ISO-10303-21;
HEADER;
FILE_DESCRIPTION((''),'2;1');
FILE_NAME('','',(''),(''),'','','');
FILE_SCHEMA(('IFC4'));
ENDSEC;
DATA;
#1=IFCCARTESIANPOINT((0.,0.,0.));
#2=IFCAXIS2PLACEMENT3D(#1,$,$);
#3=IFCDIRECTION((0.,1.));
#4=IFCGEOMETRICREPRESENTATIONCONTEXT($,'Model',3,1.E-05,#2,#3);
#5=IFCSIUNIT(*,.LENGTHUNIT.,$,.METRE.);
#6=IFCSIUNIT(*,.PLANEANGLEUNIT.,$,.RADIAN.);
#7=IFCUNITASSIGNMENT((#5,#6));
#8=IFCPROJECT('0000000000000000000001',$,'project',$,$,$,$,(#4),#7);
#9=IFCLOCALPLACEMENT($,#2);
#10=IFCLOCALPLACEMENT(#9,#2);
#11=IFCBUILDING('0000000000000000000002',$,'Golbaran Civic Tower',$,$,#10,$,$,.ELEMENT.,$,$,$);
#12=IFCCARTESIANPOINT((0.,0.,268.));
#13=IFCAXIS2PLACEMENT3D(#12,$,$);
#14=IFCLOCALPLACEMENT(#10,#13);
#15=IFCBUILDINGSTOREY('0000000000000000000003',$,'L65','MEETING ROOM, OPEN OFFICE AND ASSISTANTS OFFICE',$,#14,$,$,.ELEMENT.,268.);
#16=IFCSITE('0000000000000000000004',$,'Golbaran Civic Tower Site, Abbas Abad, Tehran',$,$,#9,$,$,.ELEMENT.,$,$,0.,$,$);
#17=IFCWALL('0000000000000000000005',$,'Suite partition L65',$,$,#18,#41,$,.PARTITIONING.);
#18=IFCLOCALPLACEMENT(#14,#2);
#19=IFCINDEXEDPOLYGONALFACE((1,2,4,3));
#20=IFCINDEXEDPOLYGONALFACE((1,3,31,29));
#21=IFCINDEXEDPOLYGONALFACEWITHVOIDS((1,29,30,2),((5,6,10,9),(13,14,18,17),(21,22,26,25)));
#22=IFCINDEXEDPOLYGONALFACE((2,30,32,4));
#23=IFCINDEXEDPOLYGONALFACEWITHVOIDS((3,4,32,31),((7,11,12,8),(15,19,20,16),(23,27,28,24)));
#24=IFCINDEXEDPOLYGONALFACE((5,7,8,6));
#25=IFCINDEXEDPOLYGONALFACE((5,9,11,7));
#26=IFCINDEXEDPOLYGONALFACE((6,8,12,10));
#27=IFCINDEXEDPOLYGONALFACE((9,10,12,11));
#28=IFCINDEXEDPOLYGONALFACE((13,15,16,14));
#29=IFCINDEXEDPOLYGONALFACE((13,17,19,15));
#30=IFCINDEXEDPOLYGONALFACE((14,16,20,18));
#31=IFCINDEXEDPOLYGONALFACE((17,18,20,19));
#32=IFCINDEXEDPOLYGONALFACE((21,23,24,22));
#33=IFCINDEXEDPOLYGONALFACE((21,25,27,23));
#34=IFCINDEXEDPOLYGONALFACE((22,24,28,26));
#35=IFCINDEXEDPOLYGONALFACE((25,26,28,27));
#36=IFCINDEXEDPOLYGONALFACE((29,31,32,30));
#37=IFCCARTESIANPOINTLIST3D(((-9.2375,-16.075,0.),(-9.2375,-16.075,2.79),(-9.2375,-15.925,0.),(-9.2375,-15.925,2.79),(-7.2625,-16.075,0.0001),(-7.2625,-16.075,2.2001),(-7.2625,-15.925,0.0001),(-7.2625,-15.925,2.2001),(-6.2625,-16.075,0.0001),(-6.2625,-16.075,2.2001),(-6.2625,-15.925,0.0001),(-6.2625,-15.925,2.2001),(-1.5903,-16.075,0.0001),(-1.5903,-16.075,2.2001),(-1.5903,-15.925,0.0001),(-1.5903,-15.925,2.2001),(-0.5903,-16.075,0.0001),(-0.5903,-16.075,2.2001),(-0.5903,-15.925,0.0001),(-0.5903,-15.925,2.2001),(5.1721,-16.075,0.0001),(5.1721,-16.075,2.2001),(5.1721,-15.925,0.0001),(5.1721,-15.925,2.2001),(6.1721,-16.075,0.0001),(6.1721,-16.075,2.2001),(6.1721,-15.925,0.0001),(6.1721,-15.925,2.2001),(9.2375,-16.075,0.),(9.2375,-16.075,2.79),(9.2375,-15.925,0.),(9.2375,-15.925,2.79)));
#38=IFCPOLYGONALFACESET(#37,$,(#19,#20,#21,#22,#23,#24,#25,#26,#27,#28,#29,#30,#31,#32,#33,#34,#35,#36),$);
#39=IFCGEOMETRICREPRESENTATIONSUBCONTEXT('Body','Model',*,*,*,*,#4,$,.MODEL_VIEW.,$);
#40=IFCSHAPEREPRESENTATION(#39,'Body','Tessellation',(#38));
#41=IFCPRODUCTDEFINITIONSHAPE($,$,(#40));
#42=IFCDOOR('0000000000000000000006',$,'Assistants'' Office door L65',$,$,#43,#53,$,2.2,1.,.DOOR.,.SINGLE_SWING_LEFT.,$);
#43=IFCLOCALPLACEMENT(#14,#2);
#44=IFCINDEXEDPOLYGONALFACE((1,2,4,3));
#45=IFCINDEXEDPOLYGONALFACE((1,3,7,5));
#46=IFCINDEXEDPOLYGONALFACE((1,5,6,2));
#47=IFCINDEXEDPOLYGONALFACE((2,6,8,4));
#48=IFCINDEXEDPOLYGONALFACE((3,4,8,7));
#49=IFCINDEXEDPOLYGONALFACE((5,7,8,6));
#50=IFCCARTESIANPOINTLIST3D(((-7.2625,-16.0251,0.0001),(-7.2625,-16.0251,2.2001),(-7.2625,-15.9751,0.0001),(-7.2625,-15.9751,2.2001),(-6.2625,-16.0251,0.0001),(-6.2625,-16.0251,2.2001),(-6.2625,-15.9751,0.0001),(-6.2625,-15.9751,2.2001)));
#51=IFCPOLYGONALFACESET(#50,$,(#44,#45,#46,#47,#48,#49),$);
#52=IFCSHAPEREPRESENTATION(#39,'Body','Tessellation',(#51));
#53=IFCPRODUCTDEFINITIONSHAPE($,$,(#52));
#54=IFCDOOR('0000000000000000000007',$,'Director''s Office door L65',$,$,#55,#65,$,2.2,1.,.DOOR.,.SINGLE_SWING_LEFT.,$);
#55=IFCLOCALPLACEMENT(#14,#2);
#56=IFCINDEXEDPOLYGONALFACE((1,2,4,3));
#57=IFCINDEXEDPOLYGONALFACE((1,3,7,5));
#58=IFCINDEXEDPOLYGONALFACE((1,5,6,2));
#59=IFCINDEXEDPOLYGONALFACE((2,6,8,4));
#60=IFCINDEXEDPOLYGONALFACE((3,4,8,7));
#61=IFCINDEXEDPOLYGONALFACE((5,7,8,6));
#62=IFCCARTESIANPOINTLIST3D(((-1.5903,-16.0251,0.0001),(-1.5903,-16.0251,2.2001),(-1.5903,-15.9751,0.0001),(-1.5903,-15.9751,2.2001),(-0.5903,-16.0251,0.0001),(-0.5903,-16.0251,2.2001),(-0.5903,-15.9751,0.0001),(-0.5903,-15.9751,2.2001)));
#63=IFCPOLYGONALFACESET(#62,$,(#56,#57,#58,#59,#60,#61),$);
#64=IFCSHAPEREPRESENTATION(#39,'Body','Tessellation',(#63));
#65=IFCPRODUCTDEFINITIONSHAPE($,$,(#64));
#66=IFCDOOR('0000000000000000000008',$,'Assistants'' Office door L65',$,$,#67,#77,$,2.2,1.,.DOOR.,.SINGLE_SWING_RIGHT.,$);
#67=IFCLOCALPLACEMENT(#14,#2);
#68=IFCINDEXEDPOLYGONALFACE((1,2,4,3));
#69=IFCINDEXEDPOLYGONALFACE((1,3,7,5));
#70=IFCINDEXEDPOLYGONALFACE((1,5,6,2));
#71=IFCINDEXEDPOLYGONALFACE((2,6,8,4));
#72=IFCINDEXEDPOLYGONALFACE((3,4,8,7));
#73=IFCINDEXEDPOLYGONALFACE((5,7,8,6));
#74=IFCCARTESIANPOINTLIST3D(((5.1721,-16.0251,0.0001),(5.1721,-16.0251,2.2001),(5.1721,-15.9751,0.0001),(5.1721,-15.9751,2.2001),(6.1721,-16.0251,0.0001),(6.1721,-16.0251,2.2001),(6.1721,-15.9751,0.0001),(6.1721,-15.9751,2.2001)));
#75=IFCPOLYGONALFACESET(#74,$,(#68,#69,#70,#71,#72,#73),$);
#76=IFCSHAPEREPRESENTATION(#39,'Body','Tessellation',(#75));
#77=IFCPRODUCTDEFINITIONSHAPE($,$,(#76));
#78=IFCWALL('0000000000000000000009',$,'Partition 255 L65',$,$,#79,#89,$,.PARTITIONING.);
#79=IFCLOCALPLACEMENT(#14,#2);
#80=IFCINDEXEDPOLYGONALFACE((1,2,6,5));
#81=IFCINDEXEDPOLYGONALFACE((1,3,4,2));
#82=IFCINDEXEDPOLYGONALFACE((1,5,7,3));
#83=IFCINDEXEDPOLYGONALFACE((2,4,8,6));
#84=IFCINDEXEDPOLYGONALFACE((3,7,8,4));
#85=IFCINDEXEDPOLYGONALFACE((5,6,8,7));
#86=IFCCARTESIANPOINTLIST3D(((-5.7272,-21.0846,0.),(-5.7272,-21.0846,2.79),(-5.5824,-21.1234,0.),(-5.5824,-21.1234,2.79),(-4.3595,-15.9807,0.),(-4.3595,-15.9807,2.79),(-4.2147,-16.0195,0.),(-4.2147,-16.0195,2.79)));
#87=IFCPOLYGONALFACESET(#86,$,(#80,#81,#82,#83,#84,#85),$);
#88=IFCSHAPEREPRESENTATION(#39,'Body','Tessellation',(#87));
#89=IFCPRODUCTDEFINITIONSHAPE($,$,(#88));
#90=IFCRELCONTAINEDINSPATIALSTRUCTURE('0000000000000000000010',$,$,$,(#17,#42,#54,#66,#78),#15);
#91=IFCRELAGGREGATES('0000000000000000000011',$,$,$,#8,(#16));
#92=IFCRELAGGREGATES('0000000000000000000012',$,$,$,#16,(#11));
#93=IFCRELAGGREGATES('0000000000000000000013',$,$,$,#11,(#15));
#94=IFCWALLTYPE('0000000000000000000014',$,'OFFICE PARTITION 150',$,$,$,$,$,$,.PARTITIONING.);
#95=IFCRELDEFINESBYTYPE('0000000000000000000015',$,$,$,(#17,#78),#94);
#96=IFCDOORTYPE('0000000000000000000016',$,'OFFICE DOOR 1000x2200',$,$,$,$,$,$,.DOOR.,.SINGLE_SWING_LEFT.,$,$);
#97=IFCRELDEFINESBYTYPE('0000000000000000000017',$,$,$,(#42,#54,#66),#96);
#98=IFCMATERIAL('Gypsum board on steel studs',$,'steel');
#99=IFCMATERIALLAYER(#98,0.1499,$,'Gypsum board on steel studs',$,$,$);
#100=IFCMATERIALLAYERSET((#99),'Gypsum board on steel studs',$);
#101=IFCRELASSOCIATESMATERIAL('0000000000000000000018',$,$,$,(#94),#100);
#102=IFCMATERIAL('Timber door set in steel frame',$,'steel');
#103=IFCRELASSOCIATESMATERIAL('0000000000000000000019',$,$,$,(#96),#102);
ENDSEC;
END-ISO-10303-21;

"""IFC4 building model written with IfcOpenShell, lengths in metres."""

from ifc_helpers import new_model, si_unit, direction, frame, frame_2d, origin, place, context, subcontext, project, spatial, rectangle, extrude, material, layer, layer_set, type_object, element, fill, save


model = new_model("IFC4")

# Units and contexts
model_context = context("Model", 3, precision=1e-05, world=origin(), true_north=direction((0.0, 1.0)))
body_context = subcontext(model_context, "Body", "Model", "MODEL_VIEW")
ifc_project = project(units=[si_unit("LENGTHUNIT", "METRE"), si_unit("PLANEANGLEUNIT", "RADIAN")], contexts=[model_context])

# Site, building, storey
site_placement = place(None, origin())
site = spatial("IfcSite", under=ifc_project, at=site_placement, Name="Golbaran Civic Tower Site, Abbas Abad, Tehran", CompositionType="ELEMENT", RefElevation=0.0)
building_placement = place(site_placement, origin())
building = spatial("IfcBuilding", under=site, at=building_placement, Name="Golbaran Civic Tower", CompositionType="ELEMENT")
storey_placement = place(building_placement, frame((0.0, 0.0, 268.0)))
storey = spatial("IfcBuildingStorey", under=building, at=storey_placement, Name="L65", Description="MEETING ROOM, OPEN OFFICE AND ASSISTANTS OFFICE", CompositionType="ELEMENT", Elevation=268.0)

# Shared definitions
ifc_material_1 = material(Name="Timber door set in steel frame", Category="steel")

# Shared definitions
ifc_material_2 = material(Name="Gypsum board on steel studs", Category="steel")
ifc_layer_1 = layer(ifc_material_2, 0.1499, Name="Gypsum board on steel studs")
ifc_layer_set_1 = layer_set([ifc_layer_1], Name="Gypsum board on steel studs")
wall_type_1 = type_object("IfcWallType", Name="OFFICE PARTITION 150", PredefinedType="PARTITIONING", material=ifc_layer_set_1)

# Wall, openings, doors
wall_1_placement = place(storey_placement, frame((-9.2375, -16.0, 0.0), z_axis=(0.0, 0.0, 1.0), x_axis=(1.0, 0.0, 0.0)))
wall_1 = element("IfcWall", 1, at=wall_1_placement, inside=storey, type_object=wall_type_1, Name="Suite partition L65", PredefinedType="PARTITIONING", context=body_context, shape_type="SweptSolid", body=[
    extrude(rectangle(XDim=18.4751, YDim=0.1499, at=frame_2d((9.2375, 0.0))), origin(), (0.0, 0.0, 1.0), 2.79),
])
opening_1_placement = place(wall_1_placement, frame((1.9751, 0.0, 0.0)))
opening_1 = element("IfcOpeningElement", 2, at=opening_1_placement, cuts=wall_1, PredefinedType="OPENING", context=body_context, shape_type="SweptSolid", body=[
    extrude(rectangle(XDim=1.0, YDim=2.2, at=frame_2d((0.5, 1.1001))), frame((0.0, 0.085, 0.0), z_axis=(0.0, -1.0, 0.0), x_axis=(1.0, 0.0, 0.0)), (0.0, 0.0, 1.0), 0.1699),
])
opening_2_placement = place(wall_1_placement, frame((7.6472, 0.0, 0.0)))
opening_2 = element("IfcOpeningElement", 3, at=opening_2_placement, cuts=wall_1, PredefinedType="OPENING", context=body_context, shape_type="SweptSolid", body=[
    extrude(rectangle(XDim=1.0, YDim=2.2, at=frame_2d((0.5, 1.1001))), frame((0.0, 0.085, 0.0), z_axis=(0.0, -1.0, 0.0), x_axis=(1.0, 0.0, 0.0)), (0.0, 0.0, 1.0), 0.1699),
])
opening_3_placement = place(wall_1_placement, frame((14.4097, 0.0, 0.0)))
opening_3 = element("IfcOpeningElement", 4, at=opening_3_placement, cuts=wall_1, PredefinedType="OPENING", context=body_context, shape_type="SweptSolid", body=[
    extrude(rectangle(XDim=1.0, YDim=2.2, at=frame_2d((0.5, 1.1001))), frame((0.0, 0.085, 0.0), z_axis=(0.0, -1.0, 0.0), x_axis=(1.0, 0.0, 0.0)), (0.0, 0.0, 1.0), 0.1699),
])
door_type_1 = type_object("IfcDoorType", Name="OFFICE DOOR 1000x2200", OperationType="SINGLE_SWING_LEFT", PredefinedType="DOOR", material=ifc_material_1)
door_1_placement = place(opening_1_placement, origin())
door_1 = element("IfcDoor", 5, at=door_1_placement, inside=storey, type_object=door_type_1, Name="Assistants' Office door L65", OperationType="SINGLE_SWING_LEFT", OverallHeight=2.2, OverallWidth=1.0, PredefinedType="DOOR", context=body_context, shape_type="SweptSolid", body=[
    extrude(rectangle(XDim=1.0, YDim=2.2, at=frame_2d((0.5, 1.1001))), frame((0.0, 0.0249, 0.0), z_axis=(0.0, -1.0, 0.0), x_axis=(1.0, 0.0, 0.0)), (0.0, 0.0, 1.0), 0.05),
])
fill(opening_1, door_1)
door_2_placement = place(opening_2_placement, origin())
door_2 = element("IfcDoor", 6, at=door_2_placement, inside=storey, type_object=door_type_1, Name="Director's Office door L65", OperationType="SINGLE_SWING_LEFT", OverallHeight=2.2, OverallWidth=1.0, PredefinedType="DOOR", context=body_context, shape_type="SweptSolid", body=[
    extrude(rectangle(XDim=1.0, YDim=2.2, at=frame_2d((0.5, 1.1001))), frame((0.0, 0.0249, 0.0), z_axis=(0.0, -1.0, 0.0), x_axis=(1.0, 0.0, 0.0)), (0.0, 0.0, 1.0), 0.05),
])
fill(opening_2, door_2)
door_3_placement = place(opening_3_placement, origin())
door_3 = element("IfcDoor", 7, at=door_3_placement, inside=storey, type_object=door_type_1, Name="Assistants' Office door L65", OperationType="SINGLE_SWING_RIGHT", OverallHeight=2.2, OverallWidth=1.0, PredefinedType="DOOR", context=body_context, shape_type="SweptSolid", body=[
    extrude(rectangle(XDim=1.0, YDim=2.2, at=frame_2d((0.5, 1.1001))), frame((0.0, 0.0249, 0.0), z_axis=(0.0, -1.0, 0.0), x_axis=(1.0, 0.0, 0.0)), (0.0, 0.0, 1.0), 0.05),
])
fill(opening_3, door_3)

# Wall
wall_2_placement = place(storey_placement, frame((-4.2871, -16.0, 0.0), z_axis=(0.0, 0.0, 1.0), x_axis=(-0.258842, -0.96592, 0.0)))
element("IfcWall", 8, at=wall_2_placement, inside=storey, type_object=wall_type_1, Name="Partition 255 L65", PredefinedType="PARTITIONING", context=body_context, shape_type="SweptSolid", body=[
    extrude(rectangle(XDim=5.2839, YDim=0.1499, at=frame_2d((2.6421, 0.0))), origin(), (0.0, 0.0, 1.0), 2.79),
])

save(model, "model.ifc")
